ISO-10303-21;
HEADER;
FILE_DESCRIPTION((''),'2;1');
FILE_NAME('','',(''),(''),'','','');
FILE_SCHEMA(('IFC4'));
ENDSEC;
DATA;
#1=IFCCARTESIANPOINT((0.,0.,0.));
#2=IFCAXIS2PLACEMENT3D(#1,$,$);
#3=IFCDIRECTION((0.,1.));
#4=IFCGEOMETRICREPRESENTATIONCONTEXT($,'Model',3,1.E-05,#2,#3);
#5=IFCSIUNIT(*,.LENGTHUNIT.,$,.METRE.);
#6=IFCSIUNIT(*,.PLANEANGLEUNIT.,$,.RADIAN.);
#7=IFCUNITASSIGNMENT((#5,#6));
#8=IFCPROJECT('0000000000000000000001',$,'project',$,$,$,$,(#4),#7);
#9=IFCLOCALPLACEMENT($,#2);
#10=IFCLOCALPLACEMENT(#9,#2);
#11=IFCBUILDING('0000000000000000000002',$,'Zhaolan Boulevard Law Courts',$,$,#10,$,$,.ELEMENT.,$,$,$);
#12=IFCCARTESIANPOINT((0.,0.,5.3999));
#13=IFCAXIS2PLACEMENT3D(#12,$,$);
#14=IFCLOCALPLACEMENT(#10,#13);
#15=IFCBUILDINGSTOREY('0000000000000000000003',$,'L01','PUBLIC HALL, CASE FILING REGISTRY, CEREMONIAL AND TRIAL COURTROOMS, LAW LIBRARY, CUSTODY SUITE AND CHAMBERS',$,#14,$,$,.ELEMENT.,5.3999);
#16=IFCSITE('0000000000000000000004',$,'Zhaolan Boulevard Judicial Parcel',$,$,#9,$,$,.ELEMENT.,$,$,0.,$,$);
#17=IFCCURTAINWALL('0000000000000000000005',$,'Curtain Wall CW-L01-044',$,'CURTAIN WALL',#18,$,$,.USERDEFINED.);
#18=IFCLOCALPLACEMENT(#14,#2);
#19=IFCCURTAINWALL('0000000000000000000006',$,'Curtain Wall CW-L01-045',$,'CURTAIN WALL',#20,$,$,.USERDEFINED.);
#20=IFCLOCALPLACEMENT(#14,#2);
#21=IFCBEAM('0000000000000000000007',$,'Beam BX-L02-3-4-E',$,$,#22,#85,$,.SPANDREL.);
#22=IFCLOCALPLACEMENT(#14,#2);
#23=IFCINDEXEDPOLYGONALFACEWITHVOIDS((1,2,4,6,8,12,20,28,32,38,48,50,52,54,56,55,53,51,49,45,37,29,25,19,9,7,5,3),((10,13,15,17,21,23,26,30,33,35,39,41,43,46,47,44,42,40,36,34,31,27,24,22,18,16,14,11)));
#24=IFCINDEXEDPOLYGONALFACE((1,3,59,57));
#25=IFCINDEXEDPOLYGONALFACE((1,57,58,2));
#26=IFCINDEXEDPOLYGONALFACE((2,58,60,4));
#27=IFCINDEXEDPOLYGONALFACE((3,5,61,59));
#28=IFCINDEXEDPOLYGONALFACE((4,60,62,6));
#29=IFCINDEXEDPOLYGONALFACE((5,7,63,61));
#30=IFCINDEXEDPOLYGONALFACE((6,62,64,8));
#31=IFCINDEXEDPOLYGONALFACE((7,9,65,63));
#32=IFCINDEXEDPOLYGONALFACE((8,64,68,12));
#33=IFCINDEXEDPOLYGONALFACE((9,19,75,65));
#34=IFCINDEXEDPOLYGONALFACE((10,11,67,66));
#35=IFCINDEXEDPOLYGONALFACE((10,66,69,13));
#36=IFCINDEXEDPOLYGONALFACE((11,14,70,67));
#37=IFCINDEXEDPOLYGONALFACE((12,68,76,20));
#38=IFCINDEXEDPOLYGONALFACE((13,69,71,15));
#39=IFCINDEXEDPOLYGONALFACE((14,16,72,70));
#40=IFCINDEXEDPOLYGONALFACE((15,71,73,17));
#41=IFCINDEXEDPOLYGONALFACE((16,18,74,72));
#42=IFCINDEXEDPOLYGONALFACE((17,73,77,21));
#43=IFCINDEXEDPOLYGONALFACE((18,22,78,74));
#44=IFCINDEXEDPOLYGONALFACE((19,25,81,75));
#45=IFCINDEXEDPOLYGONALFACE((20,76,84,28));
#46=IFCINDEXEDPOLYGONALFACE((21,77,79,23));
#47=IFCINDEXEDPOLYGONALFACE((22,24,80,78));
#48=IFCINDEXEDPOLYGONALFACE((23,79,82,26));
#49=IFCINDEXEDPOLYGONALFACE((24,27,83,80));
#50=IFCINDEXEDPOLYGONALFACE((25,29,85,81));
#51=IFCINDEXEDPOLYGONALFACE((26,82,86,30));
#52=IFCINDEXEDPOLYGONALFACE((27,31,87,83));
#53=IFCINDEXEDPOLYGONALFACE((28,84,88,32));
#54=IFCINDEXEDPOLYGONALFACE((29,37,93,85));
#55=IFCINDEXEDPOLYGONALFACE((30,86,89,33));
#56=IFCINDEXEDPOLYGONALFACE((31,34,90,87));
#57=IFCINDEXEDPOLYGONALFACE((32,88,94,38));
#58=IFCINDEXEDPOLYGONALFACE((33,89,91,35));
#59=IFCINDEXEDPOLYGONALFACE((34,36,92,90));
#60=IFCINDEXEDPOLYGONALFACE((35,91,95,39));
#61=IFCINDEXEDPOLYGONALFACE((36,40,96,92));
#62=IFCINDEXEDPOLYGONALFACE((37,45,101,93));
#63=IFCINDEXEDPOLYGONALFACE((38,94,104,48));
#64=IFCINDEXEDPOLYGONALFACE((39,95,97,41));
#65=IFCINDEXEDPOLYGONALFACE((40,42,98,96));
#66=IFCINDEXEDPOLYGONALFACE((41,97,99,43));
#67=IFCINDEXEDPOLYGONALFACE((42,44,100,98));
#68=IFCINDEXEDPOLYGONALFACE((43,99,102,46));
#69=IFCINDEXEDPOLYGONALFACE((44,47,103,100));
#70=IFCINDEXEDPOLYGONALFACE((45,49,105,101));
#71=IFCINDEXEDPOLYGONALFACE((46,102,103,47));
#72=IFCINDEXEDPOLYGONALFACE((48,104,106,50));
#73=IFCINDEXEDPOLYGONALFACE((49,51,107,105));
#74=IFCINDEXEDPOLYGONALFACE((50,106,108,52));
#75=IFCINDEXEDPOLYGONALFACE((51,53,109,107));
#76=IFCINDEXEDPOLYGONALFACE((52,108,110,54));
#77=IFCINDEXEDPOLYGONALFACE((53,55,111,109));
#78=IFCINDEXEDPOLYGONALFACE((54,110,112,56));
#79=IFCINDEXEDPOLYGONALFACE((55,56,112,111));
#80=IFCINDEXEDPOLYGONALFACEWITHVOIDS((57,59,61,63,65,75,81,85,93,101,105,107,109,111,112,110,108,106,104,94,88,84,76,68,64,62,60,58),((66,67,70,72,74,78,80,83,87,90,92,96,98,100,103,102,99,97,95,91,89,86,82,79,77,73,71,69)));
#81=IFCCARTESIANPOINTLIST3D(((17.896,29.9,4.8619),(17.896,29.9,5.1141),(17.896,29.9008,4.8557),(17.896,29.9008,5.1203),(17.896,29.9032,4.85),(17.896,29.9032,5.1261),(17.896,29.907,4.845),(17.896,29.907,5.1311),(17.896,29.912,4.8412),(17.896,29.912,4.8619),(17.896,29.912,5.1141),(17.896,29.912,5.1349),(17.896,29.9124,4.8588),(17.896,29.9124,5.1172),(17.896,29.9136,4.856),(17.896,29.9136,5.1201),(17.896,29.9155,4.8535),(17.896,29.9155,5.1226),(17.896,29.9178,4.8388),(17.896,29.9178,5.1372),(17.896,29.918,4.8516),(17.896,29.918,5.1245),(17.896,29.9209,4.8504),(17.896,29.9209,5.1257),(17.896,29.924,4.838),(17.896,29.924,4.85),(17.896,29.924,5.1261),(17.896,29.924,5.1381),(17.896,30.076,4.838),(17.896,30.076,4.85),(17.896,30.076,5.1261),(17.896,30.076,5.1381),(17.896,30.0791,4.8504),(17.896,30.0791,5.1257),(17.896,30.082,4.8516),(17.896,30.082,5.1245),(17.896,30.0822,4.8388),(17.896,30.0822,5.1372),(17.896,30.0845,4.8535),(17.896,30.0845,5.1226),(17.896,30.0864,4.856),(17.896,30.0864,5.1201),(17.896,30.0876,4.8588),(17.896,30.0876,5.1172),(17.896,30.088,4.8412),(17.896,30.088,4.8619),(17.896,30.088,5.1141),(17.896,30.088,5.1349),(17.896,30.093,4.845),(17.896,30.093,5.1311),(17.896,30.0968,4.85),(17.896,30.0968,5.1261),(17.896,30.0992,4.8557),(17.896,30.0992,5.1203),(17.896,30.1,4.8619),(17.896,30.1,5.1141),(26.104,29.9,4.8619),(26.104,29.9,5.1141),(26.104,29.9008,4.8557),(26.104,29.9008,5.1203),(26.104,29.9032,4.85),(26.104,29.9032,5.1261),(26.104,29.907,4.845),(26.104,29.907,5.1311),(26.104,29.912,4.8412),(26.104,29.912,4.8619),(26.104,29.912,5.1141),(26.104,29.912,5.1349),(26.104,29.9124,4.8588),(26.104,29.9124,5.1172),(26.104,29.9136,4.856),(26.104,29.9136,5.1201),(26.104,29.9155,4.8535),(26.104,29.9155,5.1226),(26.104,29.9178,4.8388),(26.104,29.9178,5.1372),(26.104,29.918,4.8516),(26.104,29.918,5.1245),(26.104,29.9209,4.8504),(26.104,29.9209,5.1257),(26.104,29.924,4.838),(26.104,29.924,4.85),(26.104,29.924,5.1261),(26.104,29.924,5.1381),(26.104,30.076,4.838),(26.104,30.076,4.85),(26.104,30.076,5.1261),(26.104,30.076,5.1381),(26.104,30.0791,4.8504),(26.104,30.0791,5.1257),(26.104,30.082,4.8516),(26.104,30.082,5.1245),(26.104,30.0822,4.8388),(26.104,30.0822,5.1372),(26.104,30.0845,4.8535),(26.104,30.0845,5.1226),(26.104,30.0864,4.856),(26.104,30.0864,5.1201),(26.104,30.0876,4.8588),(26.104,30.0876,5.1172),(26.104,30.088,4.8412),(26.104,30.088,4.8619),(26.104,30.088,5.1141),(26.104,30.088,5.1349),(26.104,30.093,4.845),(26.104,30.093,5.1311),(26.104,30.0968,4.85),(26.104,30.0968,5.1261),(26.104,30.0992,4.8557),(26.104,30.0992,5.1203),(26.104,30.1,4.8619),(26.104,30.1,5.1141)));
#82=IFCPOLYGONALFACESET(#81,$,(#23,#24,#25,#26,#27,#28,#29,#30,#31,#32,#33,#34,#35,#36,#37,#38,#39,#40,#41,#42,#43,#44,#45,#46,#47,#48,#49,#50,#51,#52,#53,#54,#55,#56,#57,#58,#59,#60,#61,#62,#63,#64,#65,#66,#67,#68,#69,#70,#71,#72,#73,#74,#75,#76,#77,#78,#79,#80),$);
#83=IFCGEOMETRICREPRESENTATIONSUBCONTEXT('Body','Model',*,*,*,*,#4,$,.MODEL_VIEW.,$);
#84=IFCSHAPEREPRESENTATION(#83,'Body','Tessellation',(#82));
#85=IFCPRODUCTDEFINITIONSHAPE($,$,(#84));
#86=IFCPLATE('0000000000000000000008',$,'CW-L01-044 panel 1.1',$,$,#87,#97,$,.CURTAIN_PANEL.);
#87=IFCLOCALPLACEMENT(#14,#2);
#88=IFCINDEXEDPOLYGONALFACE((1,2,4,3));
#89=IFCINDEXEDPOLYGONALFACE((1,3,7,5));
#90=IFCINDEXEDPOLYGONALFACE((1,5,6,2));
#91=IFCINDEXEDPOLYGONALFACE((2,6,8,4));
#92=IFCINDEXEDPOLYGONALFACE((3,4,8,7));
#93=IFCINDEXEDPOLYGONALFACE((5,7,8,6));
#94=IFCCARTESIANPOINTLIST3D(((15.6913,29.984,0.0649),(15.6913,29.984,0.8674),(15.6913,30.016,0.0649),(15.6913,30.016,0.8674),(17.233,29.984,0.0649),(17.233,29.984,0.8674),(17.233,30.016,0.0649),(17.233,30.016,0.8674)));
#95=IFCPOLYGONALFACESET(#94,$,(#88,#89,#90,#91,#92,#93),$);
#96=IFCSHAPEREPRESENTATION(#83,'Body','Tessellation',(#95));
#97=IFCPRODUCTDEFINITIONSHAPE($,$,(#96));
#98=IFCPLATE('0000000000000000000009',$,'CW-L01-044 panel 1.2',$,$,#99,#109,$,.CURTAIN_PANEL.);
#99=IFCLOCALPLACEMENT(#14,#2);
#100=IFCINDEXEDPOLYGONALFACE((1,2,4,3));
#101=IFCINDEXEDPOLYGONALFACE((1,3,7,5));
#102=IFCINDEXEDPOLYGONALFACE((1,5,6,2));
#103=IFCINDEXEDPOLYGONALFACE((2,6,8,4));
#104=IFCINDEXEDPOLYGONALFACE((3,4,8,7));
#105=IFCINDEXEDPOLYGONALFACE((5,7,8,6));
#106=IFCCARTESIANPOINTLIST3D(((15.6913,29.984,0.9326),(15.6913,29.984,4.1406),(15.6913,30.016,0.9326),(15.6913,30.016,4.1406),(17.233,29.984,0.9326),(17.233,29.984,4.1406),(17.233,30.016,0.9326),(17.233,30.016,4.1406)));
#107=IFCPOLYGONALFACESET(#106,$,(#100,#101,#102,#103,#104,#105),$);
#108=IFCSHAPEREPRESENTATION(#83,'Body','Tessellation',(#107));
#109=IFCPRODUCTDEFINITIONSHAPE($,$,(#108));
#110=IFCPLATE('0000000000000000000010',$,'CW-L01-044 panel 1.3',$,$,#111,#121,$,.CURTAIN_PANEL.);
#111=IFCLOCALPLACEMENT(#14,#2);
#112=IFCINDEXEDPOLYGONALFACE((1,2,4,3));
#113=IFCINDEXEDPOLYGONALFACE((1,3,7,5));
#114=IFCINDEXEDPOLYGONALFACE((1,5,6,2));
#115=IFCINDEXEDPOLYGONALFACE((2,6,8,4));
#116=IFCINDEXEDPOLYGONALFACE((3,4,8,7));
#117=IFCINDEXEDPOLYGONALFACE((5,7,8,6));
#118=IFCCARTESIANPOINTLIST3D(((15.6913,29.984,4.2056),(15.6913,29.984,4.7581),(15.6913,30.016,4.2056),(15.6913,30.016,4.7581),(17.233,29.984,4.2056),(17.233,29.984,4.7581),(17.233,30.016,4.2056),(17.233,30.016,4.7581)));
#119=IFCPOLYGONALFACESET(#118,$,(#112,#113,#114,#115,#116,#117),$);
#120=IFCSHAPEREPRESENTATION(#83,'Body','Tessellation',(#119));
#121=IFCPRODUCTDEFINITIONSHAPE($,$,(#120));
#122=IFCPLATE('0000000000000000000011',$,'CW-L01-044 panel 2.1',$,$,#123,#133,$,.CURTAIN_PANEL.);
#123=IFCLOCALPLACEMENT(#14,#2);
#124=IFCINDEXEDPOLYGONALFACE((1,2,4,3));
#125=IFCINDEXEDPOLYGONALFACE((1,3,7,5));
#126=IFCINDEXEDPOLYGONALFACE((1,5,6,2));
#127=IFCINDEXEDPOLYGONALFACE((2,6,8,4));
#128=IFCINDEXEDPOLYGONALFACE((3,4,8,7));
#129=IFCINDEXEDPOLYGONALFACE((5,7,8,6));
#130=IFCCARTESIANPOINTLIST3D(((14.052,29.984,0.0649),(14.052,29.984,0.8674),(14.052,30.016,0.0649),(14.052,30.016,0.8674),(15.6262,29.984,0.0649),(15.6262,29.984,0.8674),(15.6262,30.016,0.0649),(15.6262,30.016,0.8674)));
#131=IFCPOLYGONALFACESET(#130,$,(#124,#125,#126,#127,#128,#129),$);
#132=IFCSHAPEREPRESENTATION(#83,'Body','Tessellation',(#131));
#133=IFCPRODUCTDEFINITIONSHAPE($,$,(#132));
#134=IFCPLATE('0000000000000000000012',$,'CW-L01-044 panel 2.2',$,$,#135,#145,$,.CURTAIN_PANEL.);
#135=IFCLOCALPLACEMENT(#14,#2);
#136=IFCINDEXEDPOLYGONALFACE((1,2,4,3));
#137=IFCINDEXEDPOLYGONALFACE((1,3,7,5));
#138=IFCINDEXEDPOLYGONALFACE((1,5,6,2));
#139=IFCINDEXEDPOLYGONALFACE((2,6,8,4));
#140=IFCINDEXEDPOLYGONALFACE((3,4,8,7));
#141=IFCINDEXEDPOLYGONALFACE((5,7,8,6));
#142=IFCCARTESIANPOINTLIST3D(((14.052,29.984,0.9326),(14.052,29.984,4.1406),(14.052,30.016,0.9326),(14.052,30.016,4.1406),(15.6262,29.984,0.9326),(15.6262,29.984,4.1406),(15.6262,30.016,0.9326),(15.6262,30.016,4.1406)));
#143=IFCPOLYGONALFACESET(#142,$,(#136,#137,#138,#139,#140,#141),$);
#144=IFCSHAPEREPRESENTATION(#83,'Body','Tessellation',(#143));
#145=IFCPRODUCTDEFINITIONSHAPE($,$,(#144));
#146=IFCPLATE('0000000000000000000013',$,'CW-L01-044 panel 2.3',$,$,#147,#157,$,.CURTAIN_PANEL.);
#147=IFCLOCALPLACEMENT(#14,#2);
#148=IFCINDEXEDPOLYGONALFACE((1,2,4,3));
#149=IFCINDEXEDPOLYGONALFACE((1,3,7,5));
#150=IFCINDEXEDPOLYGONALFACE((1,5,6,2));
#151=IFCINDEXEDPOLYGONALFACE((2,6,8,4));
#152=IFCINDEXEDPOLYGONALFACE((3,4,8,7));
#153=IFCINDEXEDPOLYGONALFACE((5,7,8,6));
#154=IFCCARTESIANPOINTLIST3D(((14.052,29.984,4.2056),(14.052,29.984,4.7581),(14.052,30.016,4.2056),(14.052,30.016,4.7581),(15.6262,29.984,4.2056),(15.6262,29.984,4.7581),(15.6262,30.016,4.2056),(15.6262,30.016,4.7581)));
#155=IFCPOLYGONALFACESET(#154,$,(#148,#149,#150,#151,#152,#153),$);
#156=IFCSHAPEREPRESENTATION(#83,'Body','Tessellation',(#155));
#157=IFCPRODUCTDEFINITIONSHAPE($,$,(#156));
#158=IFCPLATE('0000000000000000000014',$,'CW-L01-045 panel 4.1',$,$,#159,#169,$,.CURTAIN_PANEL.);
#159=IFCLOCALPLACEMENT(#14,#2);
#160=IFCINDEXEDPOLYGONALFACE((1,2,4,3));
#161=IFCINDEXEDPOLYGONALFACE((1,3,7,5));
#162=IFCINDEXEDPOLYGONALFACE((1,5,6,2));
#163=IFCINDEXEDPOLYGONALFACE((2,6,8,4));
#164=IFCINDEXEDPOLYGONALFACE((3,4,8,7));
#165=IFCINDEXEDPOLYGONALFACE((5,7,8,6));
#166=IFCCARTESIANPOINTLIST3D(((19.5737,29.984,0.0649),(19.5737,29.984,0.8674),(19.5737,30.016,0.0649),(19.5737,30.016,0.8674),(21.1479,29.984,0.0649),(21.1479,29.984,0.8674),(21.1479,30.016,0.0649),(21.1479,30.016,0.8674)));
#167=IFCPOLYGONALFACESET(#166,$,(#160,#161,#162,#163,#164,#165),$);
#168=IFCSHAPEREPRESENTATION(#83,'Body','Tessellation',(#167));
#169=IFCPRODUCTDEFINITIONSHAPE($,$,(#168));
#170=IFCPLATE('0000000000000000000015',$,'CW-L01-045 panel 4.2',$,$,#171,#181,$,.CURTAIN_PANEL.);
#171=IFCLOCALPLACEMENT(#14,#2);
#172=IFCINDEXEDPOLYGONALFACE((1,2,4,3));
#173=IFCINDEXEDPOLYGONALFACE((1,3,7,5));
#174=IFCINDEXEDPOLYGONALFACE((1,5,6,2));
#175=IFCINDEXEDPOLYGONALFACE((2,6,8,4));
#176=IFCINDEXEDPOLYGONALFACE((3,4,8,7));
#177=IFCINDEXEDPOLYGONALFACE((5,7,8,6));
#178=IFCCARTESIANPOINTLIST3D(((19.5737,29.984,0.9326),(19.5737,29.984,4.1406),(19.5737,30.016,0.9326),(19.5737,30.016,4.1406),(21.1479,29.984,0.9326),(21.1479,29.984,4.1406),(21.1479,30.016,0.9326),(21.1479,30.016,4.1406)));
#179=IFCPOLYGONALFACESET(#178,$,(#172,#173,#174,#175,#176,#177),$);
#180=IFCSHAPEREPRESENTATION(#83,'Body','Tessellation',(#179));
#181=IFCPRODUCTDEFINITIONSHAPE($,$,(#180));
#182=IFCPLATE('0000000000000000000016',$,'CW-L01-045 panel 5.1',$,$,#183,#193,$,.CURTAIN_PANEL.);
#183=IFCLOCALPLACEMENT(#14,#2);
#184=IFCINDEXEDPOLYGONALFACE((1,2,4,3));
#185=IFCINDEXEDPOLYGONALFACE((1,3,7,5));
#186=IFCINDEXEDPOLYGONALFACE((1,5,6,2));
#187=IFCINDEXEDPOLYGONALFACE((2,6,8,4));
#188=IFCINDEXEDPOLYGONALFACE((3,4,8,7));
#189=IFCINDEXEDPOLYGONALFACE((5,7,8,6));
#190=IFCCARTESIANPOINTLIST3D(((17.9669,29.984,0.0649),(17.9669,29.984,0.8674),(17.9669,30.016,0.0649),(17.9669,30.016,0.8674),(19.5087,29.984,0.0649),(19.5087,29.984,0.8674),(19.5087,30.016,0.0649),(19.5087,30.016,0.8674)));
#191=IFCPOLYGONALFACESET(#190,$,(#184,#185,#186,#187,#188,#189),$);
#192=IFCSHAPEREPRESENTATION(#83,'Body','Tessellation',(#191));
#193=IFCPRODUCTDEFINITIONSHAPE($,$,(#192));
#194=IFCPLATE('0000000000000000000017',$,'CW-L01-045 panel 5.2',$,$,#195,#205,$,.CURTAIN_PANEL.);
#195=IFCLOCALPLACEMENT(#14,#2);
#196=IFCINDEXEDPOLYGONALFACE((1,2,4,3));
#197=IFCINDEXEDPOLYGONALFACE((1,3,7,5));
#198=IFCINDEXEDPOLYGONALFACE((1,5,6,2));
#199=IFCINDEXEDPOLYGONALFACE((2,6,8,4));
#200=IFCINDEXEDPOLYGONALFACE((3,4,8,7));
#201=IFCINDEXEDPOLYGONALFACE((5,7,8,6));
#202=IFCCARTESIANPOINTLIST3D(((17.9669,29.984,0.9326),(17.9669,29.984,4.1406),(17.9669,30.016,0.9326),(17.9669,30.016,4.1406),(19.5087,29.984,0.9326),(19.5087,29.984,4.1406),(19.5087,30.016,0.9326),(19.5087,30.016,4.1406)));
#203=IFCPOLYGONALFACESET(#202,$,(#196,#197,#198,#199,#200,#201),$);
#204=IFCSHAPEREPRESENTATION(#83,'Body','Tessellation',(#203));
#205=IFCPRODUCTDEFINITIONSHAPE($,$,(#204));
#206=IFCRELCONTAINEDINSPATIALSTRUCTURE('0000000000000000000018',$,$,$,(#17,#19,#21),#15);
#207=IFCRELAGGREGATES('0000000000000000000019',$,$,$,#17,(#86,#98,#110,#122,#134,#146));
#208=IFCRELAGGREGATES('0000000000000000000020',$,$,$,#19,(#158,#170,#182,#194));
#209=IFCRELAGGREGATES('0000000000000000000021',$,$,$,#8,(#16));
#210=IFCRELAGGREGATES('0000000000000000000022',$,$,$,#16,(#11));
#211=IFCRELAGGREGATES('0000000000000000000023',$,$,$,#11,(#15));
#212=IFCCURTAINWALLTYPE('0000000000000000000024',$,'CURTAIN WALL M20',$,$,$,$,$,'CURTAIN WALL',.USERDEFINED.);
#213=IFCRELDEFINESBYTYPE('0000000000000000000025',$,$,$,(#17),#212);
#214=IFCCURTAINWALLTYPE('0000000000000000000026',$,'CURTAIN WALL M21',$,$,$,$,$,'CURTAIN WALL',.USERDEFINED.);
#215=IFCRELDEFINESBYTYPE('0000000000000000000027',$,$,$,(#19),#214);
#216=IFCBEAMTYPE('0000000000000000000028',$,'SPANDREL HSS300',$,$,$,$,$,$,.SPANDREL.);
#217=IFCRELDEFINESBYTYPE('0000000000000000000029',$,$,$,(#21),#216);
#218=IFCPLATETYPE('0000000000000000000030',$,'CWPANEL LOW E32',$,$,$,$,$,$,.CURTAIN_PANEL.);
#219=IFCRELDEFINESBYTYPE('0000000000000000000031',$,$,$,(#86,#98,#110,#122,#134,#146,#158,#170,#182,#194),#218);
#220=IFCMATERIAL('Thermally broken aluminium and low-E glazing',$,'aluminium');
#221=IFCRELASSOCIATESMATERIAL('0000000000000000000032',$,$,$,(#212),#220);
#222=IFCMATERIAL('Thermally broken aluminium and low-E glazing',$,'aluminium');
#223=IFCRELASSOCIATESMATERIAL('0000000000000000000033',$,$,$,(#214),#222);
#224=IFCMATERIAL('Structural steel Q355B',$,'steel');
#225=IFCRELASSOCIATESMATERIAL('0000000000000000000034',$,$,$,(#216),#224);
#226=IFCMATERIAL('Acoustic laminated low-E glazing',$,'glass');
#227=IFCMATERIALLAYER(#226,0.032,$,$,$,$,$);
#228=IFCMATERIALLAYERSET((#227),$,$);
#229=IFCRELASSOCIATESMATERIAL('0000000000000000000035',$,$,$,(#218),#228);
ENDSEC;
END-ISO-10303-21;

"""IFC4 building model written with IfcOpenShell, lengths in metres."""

from ifc_helpers import new_model, si_unit, direction, frame, origin, origin_2d, place, context, subcontext, project, spatial, rectangle, hollow_rectangle, extrude, material, layer, layer_set, material_profile, profile_set, type_object, element, aggregate, save


model = new_model("IFC4")

# Units and contexts
model_context = context("Model", 3, precision=1e-05, world=origin(), true_north=direction((0.0, 1.0)))
body_context = subcontext(model_context, "Body", "Model", "MODEL_VIEW")
ifc_project = project(units=[si_unit("LENGTHUNIT", "METRE"), si_unit("PLANEANGLEUNIT", "RADIAN")], contexts=[model_context])

# Site, building, storey
site_placement = place(None, origin())
site = spatial("IfcSite", under=ifc_project, at=site_placement, Name="Zhaolan Boulevard Judicial Parcel", CompositionType="ELEMENT", RefElevation=0.0)
building_placement = place(site_placement, origin())
building = spatial("IfcBuilding", under=site, at=building_placement, Name="Zhaolan Boulevard Law Courts", CompositionType="ELEMENT")
storey_placement = place(building_placement, frame((0.0, 0.0, 5.3999)))
storey = spatial("IfcBuildingStorey", under=building, at=storey_placement, Name="L01", Description="PUBLIC HALL, CASE FILING REGISTRY, CEREMONIAL AND TRIAL COURTROOMS, LAW LIBRARY, CUSTODY SUITE AND CHAMBERS", CompositionType="ELEMENT", Elevation=5.3999)

# Curtain walls
ifc_material_1 = material(Name="Thermally broken aluminium and low-E glazing", Category="aluminium")
curtain_wall_type_1 = type_object("IfcCurtainWallType", Name="CURTAIN WALL M20", ElementType="CURTAIN WALL", PredefinedType="USERDEFINED", material=ifc_material_1)
curtain_wall_1_placement = place(storey_placement, origin())
curtain_wall_1 = element("IfcCurtainWall", 1, at=curtain_wall_1_placement, inside=storey, type_object=curtain_wall_type_1, Name="Curtain Wall CW-L01-044", ObjectType="CURTAIN WALL", PredefinedType="USERDEFINED")
ifc_material_2 = material(Name="Thermally broken aluminium and low-E glazing", Category="aluminium")
curtain_wall_type_2 = type_object("IfcCurtainWallType", Name="CURTAIN WALL M21", ElementType="CURTAIN WALL", PredefinedType="USERDEFINED", material=ifc_material_2)
curtain_wall_2_placement = place(storey_placement, origin())
curtain_wall_2 = element("IfcCurtainWall", 2, at=curtain_wall_2_placement, inside=storey, type_object=curtain_wall_type_2, Name="Curtain Wall CW-L01-045", ObjectType="CURTAIN WALL", PredefinedType="USERDEFINED")

# Beam
ifc_material_3 = material(Name="Structural steel Q355B", Category="steel")
ifc_material_profile_1 = material_profile(ifc_material_3, hollow_rectangle(XDim=0.2, YDim=0.3, WallThickness=0.012, InnerFilletRadius=0.012, OuterFilletRadius=0.0239, at=origin_2d()), Name="HSS300x200x12")
ifc_profile_set_1 = profile_set([ifc_material_profile_1], Name="Structural steel Q355B")
beam_type = type_object("IfcBeamType", Name="SPANDREL HSS300", PredefinedType="SPANDREL", material=ifc_profile_set_1)
beam_placement = place(storey_placement, frame((17.896, 30.0, 4.988), z_axis=(1.0, 0.0, 0.0), x_axis=(0.0, 1.0, 0.0)))
element("IfcBeam", 3, at=beam_placement, inside=storey, type_object=beam_type, Name="Beam BX-L02-3-4-E", PredefinedType="SPANDREL", context=body_context, shape_type="SweptSolid", body=[
    extrude(hollow_rectangle(XDim=0.2, YDim=0.3, WallThickness=0.012, InnerFilletRadius=0.012, OuterFilletRadius=0.0239, at=origin_2d()), origin(), (0.0, 0.0, 1.0), 8.208),
])

# Plates
ifc_material_4 = material(Name="Acoustic laminated low-E glazing", Category="glass")
ifc_layer_1 = layer(ifc_material_4, 0.032)
ifc_layer_set_1 = layer_set([ifc_layer_1])
plate_type_1 = type_object("IfcPlateType", Name="CWPANEL LOW E32", PredefinedType="CURTAIN_PANEL", material=ifc_layer_set_1)
plate_1_placement = place(storey_placement, frame((16.4622, 30.0, 0.0649), z_axis=(0.0, 0.0, 1.0), x_axis=(-1.0, 0.0, 0.0)))
plate_1 = element("IfcPlate", 4, at=plate_1_placement, type_object=plate_type_1, Name="CW-L01-044 panel 1.1", PredefinedType="CURTAIN_PANEL", context=body_context, shape_type="SweptSolid", body=[
    extrude(rectangle(XDim=1.5417, YDim=0.032, at=origin_2d()), origin(), (0.0, 0.0, 1.0), 0.8025),
])
plate_2_placement = place(storey_placement, frame((16.4622, 30.0, 0.9326), z_axis=(0.0, 0.0, 1.0), x_axis=(-1.0, 0.0, 0.0)))
plate_2 = element("IfcPlate", 5, at=plate_2_placement, type_object=plate_type_1, Name="CW-L01-044 panel 1.2", PredefinedType="CURTAIN_PANEL", context=body_context, shape_type="SweptSolid", body=[
    extrude(rectangle(XDim=1.5417, YDim=0.032, at=origin_2d()), origin(), (0.0, 0.0, 1.0), 3.208),
])
plate_3_placement = place(storey_placement, frame((16.4622, 30.0, 4.2056), z_axis=(0.0, 0.0, 1.0), x_axis=(-1.0, 0.0, 0.0)))
plate_3 = element("IfcPlate", 6, at=plate_3_placement, type_object=plate_type_1, Name="CW-L01-044 panel 1.3", PredefinedType="CURTAIN_PANEL", context=body_context, shape_type="SweptSolid", body=[
    extrude(rectangle(XDim=1.5417, YDim=0.032, at=origin_2d()), origin(), (0.0, 0.0, 1.0), 0.5525),
])
plate_4_placement = place(storey_placement, frame((14.8391, 30.0, 0.0649), z_axis=(0.0, 0.0, 1.0), x_axis=(-1.0, 0.0, 0.0)))
plate_4 = element("IfcPlate", 7, at=plate_4_placement, type_object=plate_type_1, Name="CW-L01-044 panel 2.1", PredefinedType="CURTAIN_PANEL", context=body_context, shape_type="SweptSolid", body=[
    extrude(rectangle(XDim=1.5742, YDim=0.032, at=origin_2d()), origin(), (0.0, 0.0, 1.0), 0.8025),
])
plate_5_placement = place(storey_placement, frame((14.8391, 30.0, 0.9326), z_axis=(0.0, 0.0, 1.0), x_axis=(-1.0, 0.0, 0.0)))
plate_5 = element("IfcPlate", 8, at=plate_5_placement, type_object=plate_type_1, Name="CW-L01-044 panel 2.2", PredefinedType="CURTAIN_PANEL", context=body_context, shape_type="SweptSolid", body=[
    extrude(rectangle(XDim=1.5742, YDim=0.032, at=origin_2d()), origin(), (0.0, 0.0, 1.0), 3.208),
])
plate_6_placement = place(storey_placement, frame((14.8391, 30.0, 4.2056), z_axis=(0.0, 0.0, 1.0), x_axis=(-1.0, 0.0, 0.0)))
plate_6 = element("IfcPlate", 9, at=plate_6_placement, type_object=plate_type_1, Name="CW-L01-044 panel 2.3", PredefinedType="CURTAIN_PANEL", context=body_context, shape_type="SweptSolid", body=[
    extrude(rectangle(XDim=1.5742, YDim=0.032, at=origin_2d()), origin(), (0.0, 0.0, 1.0), 0.5525),
])
aggregate(curtain_wall_1, [plate_1, plate_2, plate_3, plate_4, plate_5, plate_6])
plate_7_placement = place(storey_placement, frame((20.3608, 30.0, 0.0649), z_axis=(0.0, 0.0, 1.0), x_axis=(-1.0, 0.0, 0.0)))
plate_7 = element("IfcPlate", 10, at=plate_7_placement, type_object=plate_type_1, Name="CW-L01-045 panel 4.1", PredefinedType="CURTAIN_PANEL", context=body_context, shape_type="SweptSolid", body=[
    extrude(rectangle(XDim=1.5742, YDim=0.032, at=origin_2d()), origin(), (0.0, 0.0, 1.0), 0.8025),
])
plate_8_placement = place(storey_placement, frame((20.3608, 30.0, 0.9326), z_axis=(0.0, 0.0, 1.0), x_axis=(-1.0, 0.0, 0.0)))
plate_8 = element("IfcPlate", 11, at=plate_8_placement, type_object=plate_type_1, Name="CW-L01-045 panel 4.2", PredefinedType="CURTAIN_PANEL", context=body_context, shape_type="SweptSolid", body=[
    extrude(rectangle(XDim=1.5742, YDim=0.032, at=origin_2d()), origin(), (0.0, 0.0, 1.0), 3.208),
])
plate_9_placement = place(storey_placement, frame((18.7378, 30.0, 0.0649), z_axis=(0.0, 0.0, 1.0), x_axis=(-1.0, 0.0, 0.0)))
plate_9 = element("IfcPlate", 12, at=plate_9_placement, type_object=plate_type_1, Name="CW-L01-045 panel 5.1", PredefinedType="CURTAIN_PANEL", context=body_context, shape_type="SweptSolid", body=[
    extrude(rectangle(XDim=1.5417, YDim=0.032, at=origin_2d()), origin(), (0.0, 0.0, 1.0), 0.8025),
])
plate_10_placement = place(storey_placement, frame((18.7378, 30.0, 0.9326), z_axis=(0.0, 0.0, 1.0), x_axis=(-1.0, 0.0, 0.0)))
plate_10 = element("IfcPlate", 13, at=plate_10_placement, type_object=plate_type_1, Name="CW-L01-045 panel 5.2", PredefinedType="CURTAIN_PANEL", context=body_context, shape_type="SweptSolid", body=[
    extrude(rectangle(XDim=1.5417, YDim=0.032, at=origin_2d()), origin(), (0.0, 0.0, 1.0), 3.208),
])
aggregate(curtain_wall_2, [plate_7, plate_8, plate_9, plate_10])

save(model, "model.ifc")
